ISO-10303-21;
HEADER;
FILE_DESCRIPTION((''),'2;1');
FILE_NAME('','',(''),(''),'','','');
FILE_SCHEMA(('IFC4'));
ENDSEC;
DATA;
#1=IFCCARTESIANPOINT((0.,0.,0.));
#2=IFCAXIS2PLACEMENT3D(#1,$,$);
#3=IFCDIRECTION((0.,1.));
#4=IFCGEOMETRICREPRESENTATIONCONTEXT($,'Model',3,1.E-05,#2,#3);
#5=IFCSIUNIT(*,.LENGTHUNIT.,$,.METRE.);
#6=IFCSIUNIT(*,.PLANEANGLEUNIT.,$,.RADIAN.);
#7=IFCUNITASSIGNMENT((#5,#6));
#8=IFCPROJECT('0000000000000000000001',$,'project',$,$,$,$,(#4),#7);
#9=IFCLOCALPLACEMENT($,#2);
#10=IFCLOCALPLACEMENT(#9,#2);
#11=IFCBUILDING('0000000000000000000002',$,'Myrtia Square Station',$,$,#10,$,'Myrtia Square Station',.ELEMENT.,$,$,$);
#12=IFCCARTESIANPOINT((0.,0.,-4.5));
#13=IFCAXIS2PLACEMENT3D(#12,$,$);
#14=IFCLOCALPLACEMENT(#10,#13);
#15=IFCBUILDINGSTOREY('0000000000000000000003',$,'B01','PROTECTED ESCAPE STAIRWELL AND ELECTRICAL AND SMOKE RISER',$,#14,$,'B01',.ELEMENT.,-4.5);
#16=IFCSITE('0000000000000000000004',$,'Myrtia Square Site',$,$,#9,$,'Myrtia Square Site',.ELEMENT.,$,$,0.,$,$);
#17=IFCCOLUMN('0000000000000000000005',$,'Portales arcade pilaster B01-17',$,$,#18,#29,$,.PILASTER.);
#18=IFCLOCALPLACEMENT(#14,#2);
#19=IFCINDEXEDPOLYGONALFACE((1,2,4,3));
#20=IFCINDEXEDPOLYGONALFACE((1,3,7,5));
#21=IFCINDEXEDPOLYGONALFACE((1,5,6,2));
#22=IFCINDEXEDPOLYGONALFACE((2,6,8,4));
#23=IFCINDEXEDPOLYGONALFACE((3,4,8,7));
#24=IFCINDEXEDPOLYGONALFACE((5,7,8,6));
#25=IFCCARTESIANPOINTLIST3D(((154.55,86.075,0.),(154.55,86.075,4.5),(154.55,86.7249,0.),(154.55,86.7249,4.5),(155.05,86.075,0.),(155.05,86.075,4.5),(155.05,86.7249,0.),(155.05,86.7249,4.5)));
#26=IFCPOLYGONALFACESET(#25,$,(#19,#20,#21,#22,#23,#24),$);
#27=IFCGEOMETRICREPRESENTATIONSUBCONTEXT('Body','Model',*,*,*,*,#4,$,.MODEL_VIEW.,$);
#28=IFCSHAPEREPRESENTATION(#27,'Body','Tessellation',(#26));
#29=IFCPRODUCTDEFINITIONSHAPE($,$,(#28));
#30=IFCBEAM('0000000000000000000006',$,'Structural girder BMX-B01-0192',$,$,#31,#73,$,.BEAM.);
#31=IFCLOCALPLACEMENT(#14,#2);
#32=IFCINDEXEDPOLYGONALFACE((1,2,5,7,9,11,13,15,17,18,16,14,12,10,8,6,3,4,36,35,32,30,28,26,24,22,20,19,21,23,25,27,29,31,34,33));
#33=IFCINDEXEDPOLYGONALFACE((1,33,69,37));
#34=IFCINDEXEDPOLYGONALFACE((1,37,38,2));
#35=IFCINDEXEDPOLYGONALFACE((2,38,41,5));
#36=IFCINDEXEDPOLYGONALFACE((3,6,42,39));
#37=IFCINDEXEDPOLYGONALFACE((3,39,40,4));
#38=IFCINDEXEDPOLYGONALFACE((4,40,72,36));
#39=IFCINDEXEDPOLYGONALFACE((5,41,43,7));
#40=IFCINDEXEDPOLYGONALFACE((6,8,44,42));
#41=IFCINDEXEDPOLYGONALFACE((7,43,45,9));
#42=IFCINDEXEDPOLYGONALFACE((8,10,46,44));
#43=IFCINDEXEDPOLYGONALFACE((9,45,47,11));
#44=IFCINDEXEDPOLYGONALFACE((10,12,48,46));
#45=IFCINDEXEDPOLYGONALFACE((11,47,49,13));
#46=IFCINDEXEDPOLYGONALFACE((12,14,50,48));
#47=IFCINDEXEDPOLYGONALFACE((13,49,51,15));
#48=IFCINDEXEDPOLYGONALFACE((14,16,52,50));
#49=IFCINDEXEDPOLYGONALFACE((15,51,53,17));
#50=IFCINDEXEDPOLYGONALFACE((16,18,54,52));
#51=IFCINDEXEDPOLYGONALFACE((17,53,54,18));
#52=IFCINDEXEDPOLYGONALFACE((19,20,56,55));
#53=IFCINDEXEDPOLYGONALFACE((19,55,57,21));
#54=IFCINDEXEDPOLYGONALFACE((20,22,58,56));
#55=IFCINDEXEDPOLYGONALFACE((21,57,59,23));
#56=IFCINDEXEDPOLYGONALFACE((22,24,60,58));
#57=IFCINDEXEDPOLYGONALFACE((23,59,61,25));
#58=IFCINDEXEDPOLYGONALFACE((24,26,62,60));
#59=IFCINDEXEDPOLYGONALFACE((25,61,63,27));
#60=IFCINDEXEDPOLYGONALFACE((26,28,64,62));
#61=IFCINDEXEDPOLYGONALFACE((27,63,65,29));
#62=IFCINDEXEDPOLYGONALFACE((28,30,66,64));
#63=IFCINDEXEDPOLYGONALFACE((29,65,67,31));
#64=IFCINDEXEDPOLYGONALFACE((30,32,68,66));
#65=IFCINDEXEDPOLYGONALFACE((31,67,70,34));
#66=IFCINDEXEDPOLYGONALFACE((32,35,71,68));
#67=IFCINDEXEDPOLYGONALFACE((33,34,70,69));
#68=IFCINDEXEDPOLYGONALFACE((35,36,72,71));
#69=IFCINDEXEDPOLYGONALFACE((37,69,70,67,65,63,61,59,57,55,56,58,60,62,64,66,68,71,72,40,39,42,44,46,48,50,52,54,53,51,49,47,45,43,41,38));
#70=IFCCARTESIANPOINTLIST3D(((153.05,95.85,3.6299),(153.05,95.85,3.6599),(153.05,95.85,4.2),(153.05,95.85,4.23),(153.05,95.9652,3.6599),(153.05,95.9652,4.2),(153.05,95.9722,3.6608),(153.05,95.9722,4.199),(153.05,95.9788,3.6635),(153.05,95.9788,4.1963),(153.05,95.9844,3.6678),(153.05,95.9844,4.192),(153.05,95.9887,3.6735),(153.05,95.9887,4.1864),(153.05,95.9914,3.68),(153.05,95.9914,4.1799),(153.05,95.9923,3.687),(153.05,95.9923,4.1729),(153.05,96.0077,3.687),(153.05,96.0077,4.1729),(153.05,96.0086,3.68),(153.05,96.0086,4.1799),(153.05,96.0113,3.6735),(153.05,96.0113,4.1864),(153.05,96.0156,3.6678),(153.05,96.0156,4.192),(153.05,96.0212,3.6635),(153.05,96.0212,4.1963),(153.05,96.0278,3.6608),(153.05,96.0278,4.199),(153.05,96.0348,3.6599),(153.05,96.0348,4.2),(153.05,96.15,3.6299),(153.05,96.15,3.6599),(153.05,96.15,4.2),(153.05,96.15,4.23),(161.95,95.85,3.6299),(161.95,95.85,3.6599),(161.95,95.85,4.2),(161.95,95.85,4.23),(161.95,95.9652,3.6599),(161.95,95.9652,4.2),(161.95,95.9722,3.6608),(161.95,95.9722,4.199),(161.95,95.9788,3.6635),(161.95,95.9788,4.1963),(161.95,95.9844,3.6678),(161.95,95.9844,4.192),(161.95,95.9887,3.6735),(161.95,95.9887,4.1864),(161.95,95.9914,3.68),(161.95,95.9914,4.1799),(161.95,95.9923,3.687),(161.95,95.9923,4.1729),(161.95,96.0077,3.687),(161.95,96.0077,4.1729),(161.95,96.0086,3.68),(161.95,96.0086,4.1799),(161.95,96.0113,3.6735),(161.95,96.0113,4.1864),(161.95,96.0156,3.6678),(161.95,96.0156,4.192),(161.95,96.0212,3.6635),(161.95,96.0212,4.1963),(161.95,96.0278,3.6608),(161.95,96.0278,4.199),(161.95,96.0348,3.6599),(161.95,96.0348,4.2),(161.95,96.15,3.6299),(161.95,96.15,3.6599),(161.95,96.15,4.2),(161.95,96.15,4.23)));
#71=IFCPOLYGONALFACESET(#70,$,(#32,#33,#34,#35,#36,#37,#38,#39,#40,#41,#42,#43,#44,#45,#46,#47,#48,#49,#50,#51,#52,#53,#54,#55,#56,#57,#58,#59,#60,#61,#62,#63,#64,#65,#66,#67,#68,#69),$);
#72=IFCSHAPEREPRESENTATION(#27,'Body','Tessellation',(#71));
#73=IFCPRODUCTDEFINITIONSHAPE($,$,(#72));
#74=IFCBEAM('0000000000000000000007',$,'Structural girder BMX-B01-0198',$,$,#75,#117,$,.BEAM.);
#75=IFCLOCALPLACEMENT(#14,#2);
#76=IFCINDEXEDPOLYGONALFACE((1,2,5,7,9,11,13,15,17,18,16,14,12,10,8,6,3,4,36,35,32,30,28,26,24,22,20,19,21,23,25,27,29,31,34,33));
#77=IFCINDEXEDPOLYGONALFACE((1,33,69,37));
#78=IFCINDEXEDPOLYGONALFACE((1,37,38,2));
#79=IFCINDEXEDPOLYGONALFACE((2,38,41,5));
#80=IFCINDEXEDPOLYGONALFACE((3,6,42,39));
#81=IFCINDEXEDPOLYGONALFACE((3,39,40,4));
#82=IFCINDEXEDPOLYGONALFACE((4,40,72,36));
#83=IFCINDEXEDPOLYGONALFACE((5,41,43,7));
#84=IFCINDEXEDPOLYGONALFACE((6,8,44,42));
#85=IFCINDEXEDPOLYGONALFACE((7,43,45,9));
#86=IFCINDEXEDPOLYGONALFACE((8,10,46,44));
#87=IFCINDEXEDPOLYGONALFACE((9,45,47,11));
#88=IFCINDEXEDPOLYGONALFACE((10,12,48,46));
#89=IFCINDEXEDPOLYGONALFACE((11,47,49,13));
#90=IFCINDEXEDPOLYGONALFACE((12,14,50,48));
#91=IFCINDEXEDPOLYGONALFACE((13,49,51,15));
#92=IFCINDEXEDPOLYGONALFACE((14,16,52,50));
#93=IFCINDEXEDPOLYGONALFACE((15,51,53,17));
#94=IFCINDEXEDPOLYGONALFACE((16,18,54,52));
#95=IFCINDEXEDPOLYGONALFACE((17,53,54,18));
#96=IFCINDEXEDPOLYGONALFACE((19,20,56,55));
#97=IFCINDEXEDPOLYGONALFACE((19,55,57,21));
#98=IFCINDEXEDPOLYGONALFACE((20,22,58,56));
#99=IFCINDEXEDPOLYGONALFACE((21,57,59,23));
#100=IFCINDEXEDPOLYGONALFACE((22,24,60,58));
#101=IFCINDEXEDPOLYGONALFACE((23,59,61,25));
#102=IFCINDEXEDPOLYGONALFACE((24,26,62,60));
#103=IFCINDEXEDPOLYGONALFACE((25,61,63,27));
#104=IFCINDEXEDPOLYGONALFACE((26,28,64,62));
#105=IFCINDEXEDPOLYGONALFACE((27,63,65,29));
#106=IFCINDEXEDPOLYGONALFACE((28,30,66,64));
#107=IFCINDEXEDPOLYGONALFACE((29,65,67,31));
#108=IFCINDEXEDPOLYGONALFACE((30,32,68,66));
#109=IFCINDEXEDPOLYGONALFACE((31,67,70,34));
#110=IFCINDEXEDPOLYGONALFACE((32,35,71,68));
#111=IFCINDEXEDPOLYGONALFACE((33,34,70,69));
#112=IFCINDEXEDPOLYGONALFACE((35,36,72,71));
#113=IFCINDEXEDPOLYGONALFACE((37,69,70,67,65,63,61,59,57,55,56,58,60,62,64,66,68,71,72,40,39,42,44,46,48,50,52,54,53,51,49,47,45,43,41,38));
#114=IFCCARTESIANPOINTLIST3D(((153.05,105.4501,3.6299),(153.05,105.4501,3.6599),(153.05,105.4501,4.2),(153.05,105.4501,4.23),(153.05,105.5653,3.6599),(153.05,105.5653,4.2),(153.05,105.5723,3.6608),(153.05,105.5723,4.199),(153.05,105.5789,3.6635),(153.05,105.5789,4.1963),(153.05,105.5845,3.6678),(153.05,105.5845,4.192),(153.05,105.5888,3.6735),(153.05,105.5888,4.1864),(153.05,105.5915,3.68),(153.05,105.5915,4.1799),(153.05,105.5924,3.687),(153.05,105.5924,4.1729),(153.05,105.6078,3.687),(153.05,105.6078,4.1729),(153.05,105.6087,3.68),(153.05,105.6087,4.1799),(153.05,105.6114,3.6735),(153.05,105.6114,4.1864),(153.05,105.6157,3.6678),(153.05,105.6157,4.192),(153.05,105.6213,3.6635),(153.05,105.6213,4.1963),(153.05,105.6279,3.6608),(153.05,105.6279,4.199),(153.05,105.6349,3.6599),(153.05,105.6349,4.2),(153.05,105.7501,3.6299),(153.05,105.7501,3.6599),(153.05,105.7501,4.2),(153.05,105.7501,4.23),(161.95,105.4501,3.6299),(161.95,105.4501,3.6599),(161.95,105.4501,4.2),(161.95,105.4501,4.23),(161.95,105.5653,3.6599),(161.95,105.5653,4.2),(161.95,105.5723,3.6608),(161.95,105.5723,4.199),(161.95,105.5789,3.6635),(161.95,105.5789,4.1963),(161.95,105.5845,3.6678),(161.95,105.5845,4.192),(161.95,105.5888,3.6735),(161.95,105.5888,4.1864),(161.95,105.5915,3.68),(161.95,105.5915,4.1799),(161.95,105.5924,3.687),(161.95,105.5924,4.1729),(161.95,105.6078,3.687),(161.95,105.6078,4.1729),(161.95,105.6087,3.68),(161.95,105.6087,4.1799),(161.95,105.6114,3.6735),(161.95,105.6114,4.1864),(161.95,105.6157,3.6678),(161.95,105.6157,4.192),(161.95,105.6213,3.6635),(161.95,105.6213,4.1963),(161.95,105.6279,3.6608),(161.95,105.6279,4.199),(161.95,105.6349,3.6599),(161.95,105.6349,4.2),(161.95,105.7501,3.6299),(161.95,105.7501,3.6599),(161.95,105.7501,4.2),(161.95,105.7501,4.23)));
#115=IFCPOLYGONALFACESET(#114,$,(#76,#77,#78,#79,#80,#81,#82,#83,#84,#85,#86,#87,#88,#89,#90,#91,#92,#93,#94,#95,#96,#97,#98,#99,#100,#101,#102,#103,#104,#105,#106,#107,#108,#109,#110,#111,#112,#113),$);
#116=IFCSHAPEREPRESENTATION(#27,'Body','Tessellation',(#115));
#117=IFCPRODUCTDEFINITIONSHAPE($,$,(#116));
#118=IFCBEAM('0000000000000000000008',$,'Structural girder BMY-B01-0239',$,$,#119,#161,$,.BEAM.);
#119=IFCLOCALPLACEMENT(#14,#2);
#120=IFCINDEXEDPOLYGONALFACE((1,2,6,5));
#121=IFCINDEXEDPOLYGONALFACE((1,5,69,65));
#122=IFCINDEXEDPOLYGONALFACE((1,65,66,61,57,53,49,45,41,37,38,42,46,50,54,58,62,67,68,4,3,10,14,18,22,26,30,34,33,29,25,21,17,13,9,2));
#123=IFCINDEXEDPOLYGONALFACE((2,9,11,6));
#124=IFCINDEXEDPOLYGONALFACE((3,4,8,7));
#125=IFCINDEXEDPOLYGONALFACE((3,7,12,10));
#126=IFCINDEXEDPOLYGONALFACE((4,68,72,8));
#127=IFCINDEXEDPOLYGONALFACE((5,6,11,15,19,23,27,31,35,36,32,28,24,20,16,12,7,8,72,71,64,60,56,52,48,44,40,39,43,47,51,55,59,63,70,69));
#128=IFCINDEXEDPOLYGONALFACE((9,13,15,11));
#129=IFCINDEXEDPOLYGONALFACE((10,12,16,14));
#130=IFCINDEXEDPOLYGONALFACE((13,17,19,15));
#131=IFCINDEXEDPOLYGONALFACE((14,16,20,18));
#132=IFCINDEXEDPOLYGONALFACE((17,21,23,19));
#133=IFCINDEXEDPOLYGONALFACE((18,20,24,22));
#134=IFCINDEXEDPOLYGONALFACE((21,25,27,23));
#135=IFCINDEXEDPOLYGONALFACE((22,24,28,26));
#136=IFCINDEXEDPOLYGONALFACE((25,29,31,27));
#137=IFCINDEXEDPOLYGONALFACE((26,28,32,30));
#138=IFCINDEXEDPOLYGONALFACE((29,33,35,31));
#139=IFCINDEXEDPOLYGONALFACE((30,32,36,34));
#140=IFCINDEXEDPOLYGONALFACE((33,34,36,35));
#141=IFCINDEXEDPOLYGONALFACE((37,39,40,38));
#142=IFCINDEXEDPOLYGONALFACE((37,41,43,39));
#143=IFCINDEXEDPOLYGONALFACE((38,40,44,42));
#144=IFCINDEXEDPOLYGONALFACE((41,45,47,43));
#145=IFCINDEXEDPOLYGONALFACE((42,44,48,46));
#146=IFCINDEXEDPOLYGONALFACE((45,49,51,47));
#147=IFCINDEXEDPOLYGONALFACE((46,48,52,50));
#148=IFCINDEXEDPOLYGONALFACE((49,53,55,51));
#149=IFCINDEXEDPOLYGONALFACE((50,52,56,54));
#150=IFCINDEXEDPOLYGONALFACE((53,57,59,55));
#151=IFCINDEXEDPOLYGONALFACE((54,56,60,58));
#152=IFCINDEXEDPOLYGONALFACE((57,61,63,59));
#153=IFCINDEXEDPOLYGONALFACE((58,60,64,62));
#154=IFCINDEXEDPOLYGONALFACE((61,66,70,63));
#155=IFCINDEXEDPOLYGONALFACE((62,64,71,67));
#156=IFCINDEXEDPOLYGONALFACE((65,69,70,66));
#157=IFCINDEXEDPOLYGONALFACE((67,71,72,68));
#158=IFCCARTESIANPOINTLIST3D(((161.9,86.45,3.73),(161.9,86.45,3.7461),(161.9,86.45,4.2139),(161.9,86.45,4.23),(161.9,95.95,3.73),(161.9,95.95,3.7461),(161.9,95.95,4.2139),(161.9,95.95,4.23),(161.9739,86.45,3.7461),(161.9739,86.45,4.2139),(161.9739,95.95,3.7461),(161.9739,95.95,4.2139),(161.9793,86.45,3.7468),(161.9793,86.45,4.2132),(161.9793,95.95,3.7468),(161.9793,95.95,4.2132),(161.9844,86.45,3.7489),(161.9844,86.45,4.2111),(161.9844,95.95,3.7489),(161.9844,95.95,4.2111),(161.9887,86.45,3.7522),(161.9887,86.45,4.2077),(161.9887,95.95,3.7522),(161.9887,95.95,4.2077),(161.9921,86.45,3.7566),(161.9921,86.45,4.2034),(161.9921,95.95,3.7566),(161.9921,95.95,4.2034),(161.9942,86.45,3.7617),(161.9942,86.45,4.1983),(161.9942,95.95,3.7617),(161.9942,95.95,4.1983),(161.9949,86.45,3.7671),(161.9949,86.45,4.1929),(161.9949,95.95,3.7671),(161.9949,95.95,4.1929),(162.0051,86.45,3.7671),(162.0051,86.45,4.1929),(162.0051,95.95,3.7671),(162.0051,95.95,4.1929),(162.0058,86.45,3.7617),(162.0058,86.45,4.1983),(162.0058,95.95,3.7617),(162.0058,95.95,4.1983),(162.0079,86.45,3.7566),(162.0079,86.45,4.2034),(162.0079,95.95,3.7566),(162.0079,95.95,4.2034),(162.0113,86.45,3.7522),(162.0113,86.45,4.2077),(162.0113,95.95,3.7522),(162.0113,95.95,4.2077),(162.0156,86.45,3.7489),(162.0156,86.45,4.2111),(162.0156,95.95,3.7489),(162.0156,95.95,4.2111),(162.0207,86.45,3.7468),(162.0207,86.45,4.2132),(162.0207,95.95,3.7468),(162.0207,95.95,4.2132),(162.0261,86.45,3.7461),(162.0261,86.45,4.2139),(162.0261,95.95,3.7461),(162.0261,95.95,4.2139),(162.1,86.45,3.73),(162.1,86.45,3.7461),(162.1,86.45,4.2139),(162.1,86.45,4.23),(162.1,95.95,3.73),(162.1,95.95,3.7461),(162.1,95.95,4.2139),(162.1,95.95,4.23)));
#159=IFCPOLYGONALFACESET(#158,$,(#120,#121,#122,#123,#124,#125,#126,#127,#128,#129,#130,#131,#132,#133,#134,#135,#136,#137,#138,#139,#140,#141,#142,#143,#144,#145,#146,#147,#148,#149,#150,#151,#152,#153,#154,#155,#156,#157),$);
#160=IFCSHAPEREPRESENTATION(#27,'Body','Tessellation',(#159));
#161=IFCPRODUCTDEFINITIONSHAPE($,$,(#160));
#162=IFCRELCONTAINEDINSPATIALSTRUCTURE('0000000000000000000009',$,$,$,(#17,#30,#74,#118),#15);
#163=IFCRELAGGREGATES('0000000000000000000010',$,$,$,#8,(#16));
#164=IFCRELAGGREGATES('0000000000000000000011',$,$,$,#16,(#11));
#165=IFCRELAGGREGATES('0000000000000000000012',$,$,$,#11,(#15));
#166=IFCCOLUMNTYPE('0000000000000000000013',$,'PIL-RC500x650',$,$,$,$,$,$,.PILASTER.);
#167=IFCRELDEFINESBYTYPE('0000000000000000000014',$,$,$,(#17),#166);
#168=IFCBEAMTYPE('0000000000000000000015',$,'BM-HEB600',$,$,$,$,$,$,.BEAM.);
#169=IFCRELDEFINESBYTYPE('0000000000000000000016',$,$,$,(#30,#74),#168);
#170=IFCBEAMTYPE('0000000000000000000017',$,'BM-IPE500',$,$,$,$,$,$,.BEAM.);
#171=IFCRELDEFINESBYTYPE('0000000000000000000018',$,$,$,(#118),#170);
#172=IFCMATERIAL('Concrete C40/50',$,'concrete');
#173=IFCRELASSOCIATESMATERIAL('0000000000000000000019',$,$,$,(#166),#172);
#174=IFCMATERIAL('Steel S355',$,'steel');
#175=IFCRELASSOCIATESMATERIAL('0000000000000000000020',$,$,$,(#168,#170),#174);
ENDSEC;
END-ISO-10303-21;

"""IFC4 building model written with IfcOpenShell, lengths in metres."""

from ifc_helpers import new_model, si_unit, direction, frame, origin, origin_2d, place, context, subcontext, project, spatial, rectangle, i_section, extrude, material, material_profile, profile_set, type_object, element, save


model = new_model("IFC4")

# Units and contexts
model_context = context("Model", 3, precision=1e-05, world=origin(), true_north=direction((0.0, 1.0)))
body_context = subcontext(model_context, "Body", "Model", "MODEL_VIEW")
ifc_project = project(units=[si_unit("LENGTHUNIT", "METRE"), si_unit("PLANEANGLEUNIT", "RADIAN")], contexts=[model_context])

# Site, building, storey
site_placement = place(None, origin())
site = spatial("IfcSite", under=ifc_project, at=site_placement, Name="Myrtia Square Site", LongName="Myrtia Square Site", CompositionType="ELEMENT", RefElevation=0.0)
building_placement = place(site_placement, origin())
building = spatial("IfcBuilding", under=site, at=building_placement, Name="Myrtia Square Station", LongName="Myrtia Square Station", CompositionType="ELEMENT")
storey_placement = place(building_placement, frame((0.0, 0.0, -4.5)))
storey = spatial("IfcBuildingStorey", under=building, at=storey_placement, Name="B01", Description="PROTECTED ESCAPE STAIRWELL AND ELECTRICAL AND SMOKE RISER", LongName="B01", CompositionType="ELEMENT", Elevation=-4.5)

# Column
ifc_material_1 = material(Name="Steel S355", Category="steel")
ifc_material_2 = material(Name="Concrete C40/50", Category="concrete")
ifc_material_profile_1 = material_profile(ifc_material_2, rectangle(XDim=0.5, YDim=0.6499, at=origin_2d()), Name="PIL 500x650")
ifc_profile_set_1 = profile_set([ifc_material_profile_1], Name="Concrete C40/50")
column_type_1 = type_object("IfcColumnType", Name="PIL-RC500x650", PredefinedType="PILASTER", material=ifc_profile_set_1)
for number, where, z_axis, x_axis, name in (
    (1, (154.8, 86.3999, 0.0), (0.0, 0.0, 1.0), (1.0, 0.0, 0.0), "Portales arcade pilaster B01-17"),
):
    element("IfcColumn", number, at=place(storey_placement, frame(where, z_axis=z_axis, x_axis=x_axis)), inside=storey, type_object=column_type_1, Name=name, PredefinedType="PILASTER", context=body_context, shape_type="SweptSolid", body=[
        extrude(rectangle(XDim=0.5, YDim=0.6499, at=origin_2d()), origin(), (0.0, 0.0, 1.0), 4.5),
    ])

# Beams
ifc_material_profile_2 = material_profile(ifc_material_1, i_section(OverallWidth=0.3, OverallDepth=0.6001, WebThickness=0.0154, FlangeThickness=0.03, FilletRadius=0.0271, at=origin_2d()), Name="HEB 600")
ifc_profile_set_2 = profile_set([ifc_material_profile_2], Name="Steel S355")
beam_type_1 = type_object("IfcBeamType", Name="BM-HEB600", PredefinedType="BEAM", material=ifc_profile_set_2)
for number, where, z_axis, x_axis, name in (
    (2, (153.05, 96.0, 3.9299), (1.0, 0.0, 0.0), (0.0, 1.0, 0.0), "Structural girder BMX-B01-0192"),
    (3, (153.05, 105.6001, 3.9299), (1.0, 0.0, 0.0), (0.0, 1.0, 0.0), "Structural girder BMX-B01-0198"),
):
    element("IfcBeam", number, at=place(storey_placement, frame(where, z_axis=z_axis, x_axis=x_axis)), inside=storey, type_object=beam_type_1, Name=name, PredefinedType="BEAM", context=body_context, shape_type="SweptSolid", body=[
        extrude(i_section(OverallWidth=0.3, OverallDepth=0.6001, WebThickness=0.0154, FlangeThickness=0.03, FilletRadius=0.0271, at=origin_2d()), origin(), (0.0, 0.0, 1.0), 8.8999),
    ])
ifc_material_profile_3 = material_profile(ifc_material_1, i_section(OverallWidth=0.2, OverallDepth=0.5, WebThickness=0.0103, FlangeThickness=0.0161, FilletRadius=0.021, at=origin_2d()), Name="IPE 500")
ifc_profile_set_3 = profile_set([ifc_material_profile_3], Name="Steel S355")
beam_type_2 = type_object("IfcBeamType", Name="BM-IPE500", PredefinedType="BEAM", material=ifc_profile_set_3)
beam_1_placement = place(storey_placement, frame((162.0, 86.45, 3.98), z_axis=(0.0, 1.0, 0.0), x_axis=(-1.0, 0.0, 0.0)))
element("IfcBeam", 4, at=beam_1_placement, inside=storey, type_object=beam_type_2, Name="Structural girder BMY-B01-0239", PredefinedType="BEAM", context=body_context, shape_type="SweptSolid", body=[
    extrude(i_section(OverallWidth=0.2, OverallDepth=0.5, WebThickness=0.0103, FlangeThickness=0.0161, FilletRadius=0.021, at=origin_2d()), origin(), (0.0, 0.0, 1.0), 9.5),
])

save(model, "model.ifc")
